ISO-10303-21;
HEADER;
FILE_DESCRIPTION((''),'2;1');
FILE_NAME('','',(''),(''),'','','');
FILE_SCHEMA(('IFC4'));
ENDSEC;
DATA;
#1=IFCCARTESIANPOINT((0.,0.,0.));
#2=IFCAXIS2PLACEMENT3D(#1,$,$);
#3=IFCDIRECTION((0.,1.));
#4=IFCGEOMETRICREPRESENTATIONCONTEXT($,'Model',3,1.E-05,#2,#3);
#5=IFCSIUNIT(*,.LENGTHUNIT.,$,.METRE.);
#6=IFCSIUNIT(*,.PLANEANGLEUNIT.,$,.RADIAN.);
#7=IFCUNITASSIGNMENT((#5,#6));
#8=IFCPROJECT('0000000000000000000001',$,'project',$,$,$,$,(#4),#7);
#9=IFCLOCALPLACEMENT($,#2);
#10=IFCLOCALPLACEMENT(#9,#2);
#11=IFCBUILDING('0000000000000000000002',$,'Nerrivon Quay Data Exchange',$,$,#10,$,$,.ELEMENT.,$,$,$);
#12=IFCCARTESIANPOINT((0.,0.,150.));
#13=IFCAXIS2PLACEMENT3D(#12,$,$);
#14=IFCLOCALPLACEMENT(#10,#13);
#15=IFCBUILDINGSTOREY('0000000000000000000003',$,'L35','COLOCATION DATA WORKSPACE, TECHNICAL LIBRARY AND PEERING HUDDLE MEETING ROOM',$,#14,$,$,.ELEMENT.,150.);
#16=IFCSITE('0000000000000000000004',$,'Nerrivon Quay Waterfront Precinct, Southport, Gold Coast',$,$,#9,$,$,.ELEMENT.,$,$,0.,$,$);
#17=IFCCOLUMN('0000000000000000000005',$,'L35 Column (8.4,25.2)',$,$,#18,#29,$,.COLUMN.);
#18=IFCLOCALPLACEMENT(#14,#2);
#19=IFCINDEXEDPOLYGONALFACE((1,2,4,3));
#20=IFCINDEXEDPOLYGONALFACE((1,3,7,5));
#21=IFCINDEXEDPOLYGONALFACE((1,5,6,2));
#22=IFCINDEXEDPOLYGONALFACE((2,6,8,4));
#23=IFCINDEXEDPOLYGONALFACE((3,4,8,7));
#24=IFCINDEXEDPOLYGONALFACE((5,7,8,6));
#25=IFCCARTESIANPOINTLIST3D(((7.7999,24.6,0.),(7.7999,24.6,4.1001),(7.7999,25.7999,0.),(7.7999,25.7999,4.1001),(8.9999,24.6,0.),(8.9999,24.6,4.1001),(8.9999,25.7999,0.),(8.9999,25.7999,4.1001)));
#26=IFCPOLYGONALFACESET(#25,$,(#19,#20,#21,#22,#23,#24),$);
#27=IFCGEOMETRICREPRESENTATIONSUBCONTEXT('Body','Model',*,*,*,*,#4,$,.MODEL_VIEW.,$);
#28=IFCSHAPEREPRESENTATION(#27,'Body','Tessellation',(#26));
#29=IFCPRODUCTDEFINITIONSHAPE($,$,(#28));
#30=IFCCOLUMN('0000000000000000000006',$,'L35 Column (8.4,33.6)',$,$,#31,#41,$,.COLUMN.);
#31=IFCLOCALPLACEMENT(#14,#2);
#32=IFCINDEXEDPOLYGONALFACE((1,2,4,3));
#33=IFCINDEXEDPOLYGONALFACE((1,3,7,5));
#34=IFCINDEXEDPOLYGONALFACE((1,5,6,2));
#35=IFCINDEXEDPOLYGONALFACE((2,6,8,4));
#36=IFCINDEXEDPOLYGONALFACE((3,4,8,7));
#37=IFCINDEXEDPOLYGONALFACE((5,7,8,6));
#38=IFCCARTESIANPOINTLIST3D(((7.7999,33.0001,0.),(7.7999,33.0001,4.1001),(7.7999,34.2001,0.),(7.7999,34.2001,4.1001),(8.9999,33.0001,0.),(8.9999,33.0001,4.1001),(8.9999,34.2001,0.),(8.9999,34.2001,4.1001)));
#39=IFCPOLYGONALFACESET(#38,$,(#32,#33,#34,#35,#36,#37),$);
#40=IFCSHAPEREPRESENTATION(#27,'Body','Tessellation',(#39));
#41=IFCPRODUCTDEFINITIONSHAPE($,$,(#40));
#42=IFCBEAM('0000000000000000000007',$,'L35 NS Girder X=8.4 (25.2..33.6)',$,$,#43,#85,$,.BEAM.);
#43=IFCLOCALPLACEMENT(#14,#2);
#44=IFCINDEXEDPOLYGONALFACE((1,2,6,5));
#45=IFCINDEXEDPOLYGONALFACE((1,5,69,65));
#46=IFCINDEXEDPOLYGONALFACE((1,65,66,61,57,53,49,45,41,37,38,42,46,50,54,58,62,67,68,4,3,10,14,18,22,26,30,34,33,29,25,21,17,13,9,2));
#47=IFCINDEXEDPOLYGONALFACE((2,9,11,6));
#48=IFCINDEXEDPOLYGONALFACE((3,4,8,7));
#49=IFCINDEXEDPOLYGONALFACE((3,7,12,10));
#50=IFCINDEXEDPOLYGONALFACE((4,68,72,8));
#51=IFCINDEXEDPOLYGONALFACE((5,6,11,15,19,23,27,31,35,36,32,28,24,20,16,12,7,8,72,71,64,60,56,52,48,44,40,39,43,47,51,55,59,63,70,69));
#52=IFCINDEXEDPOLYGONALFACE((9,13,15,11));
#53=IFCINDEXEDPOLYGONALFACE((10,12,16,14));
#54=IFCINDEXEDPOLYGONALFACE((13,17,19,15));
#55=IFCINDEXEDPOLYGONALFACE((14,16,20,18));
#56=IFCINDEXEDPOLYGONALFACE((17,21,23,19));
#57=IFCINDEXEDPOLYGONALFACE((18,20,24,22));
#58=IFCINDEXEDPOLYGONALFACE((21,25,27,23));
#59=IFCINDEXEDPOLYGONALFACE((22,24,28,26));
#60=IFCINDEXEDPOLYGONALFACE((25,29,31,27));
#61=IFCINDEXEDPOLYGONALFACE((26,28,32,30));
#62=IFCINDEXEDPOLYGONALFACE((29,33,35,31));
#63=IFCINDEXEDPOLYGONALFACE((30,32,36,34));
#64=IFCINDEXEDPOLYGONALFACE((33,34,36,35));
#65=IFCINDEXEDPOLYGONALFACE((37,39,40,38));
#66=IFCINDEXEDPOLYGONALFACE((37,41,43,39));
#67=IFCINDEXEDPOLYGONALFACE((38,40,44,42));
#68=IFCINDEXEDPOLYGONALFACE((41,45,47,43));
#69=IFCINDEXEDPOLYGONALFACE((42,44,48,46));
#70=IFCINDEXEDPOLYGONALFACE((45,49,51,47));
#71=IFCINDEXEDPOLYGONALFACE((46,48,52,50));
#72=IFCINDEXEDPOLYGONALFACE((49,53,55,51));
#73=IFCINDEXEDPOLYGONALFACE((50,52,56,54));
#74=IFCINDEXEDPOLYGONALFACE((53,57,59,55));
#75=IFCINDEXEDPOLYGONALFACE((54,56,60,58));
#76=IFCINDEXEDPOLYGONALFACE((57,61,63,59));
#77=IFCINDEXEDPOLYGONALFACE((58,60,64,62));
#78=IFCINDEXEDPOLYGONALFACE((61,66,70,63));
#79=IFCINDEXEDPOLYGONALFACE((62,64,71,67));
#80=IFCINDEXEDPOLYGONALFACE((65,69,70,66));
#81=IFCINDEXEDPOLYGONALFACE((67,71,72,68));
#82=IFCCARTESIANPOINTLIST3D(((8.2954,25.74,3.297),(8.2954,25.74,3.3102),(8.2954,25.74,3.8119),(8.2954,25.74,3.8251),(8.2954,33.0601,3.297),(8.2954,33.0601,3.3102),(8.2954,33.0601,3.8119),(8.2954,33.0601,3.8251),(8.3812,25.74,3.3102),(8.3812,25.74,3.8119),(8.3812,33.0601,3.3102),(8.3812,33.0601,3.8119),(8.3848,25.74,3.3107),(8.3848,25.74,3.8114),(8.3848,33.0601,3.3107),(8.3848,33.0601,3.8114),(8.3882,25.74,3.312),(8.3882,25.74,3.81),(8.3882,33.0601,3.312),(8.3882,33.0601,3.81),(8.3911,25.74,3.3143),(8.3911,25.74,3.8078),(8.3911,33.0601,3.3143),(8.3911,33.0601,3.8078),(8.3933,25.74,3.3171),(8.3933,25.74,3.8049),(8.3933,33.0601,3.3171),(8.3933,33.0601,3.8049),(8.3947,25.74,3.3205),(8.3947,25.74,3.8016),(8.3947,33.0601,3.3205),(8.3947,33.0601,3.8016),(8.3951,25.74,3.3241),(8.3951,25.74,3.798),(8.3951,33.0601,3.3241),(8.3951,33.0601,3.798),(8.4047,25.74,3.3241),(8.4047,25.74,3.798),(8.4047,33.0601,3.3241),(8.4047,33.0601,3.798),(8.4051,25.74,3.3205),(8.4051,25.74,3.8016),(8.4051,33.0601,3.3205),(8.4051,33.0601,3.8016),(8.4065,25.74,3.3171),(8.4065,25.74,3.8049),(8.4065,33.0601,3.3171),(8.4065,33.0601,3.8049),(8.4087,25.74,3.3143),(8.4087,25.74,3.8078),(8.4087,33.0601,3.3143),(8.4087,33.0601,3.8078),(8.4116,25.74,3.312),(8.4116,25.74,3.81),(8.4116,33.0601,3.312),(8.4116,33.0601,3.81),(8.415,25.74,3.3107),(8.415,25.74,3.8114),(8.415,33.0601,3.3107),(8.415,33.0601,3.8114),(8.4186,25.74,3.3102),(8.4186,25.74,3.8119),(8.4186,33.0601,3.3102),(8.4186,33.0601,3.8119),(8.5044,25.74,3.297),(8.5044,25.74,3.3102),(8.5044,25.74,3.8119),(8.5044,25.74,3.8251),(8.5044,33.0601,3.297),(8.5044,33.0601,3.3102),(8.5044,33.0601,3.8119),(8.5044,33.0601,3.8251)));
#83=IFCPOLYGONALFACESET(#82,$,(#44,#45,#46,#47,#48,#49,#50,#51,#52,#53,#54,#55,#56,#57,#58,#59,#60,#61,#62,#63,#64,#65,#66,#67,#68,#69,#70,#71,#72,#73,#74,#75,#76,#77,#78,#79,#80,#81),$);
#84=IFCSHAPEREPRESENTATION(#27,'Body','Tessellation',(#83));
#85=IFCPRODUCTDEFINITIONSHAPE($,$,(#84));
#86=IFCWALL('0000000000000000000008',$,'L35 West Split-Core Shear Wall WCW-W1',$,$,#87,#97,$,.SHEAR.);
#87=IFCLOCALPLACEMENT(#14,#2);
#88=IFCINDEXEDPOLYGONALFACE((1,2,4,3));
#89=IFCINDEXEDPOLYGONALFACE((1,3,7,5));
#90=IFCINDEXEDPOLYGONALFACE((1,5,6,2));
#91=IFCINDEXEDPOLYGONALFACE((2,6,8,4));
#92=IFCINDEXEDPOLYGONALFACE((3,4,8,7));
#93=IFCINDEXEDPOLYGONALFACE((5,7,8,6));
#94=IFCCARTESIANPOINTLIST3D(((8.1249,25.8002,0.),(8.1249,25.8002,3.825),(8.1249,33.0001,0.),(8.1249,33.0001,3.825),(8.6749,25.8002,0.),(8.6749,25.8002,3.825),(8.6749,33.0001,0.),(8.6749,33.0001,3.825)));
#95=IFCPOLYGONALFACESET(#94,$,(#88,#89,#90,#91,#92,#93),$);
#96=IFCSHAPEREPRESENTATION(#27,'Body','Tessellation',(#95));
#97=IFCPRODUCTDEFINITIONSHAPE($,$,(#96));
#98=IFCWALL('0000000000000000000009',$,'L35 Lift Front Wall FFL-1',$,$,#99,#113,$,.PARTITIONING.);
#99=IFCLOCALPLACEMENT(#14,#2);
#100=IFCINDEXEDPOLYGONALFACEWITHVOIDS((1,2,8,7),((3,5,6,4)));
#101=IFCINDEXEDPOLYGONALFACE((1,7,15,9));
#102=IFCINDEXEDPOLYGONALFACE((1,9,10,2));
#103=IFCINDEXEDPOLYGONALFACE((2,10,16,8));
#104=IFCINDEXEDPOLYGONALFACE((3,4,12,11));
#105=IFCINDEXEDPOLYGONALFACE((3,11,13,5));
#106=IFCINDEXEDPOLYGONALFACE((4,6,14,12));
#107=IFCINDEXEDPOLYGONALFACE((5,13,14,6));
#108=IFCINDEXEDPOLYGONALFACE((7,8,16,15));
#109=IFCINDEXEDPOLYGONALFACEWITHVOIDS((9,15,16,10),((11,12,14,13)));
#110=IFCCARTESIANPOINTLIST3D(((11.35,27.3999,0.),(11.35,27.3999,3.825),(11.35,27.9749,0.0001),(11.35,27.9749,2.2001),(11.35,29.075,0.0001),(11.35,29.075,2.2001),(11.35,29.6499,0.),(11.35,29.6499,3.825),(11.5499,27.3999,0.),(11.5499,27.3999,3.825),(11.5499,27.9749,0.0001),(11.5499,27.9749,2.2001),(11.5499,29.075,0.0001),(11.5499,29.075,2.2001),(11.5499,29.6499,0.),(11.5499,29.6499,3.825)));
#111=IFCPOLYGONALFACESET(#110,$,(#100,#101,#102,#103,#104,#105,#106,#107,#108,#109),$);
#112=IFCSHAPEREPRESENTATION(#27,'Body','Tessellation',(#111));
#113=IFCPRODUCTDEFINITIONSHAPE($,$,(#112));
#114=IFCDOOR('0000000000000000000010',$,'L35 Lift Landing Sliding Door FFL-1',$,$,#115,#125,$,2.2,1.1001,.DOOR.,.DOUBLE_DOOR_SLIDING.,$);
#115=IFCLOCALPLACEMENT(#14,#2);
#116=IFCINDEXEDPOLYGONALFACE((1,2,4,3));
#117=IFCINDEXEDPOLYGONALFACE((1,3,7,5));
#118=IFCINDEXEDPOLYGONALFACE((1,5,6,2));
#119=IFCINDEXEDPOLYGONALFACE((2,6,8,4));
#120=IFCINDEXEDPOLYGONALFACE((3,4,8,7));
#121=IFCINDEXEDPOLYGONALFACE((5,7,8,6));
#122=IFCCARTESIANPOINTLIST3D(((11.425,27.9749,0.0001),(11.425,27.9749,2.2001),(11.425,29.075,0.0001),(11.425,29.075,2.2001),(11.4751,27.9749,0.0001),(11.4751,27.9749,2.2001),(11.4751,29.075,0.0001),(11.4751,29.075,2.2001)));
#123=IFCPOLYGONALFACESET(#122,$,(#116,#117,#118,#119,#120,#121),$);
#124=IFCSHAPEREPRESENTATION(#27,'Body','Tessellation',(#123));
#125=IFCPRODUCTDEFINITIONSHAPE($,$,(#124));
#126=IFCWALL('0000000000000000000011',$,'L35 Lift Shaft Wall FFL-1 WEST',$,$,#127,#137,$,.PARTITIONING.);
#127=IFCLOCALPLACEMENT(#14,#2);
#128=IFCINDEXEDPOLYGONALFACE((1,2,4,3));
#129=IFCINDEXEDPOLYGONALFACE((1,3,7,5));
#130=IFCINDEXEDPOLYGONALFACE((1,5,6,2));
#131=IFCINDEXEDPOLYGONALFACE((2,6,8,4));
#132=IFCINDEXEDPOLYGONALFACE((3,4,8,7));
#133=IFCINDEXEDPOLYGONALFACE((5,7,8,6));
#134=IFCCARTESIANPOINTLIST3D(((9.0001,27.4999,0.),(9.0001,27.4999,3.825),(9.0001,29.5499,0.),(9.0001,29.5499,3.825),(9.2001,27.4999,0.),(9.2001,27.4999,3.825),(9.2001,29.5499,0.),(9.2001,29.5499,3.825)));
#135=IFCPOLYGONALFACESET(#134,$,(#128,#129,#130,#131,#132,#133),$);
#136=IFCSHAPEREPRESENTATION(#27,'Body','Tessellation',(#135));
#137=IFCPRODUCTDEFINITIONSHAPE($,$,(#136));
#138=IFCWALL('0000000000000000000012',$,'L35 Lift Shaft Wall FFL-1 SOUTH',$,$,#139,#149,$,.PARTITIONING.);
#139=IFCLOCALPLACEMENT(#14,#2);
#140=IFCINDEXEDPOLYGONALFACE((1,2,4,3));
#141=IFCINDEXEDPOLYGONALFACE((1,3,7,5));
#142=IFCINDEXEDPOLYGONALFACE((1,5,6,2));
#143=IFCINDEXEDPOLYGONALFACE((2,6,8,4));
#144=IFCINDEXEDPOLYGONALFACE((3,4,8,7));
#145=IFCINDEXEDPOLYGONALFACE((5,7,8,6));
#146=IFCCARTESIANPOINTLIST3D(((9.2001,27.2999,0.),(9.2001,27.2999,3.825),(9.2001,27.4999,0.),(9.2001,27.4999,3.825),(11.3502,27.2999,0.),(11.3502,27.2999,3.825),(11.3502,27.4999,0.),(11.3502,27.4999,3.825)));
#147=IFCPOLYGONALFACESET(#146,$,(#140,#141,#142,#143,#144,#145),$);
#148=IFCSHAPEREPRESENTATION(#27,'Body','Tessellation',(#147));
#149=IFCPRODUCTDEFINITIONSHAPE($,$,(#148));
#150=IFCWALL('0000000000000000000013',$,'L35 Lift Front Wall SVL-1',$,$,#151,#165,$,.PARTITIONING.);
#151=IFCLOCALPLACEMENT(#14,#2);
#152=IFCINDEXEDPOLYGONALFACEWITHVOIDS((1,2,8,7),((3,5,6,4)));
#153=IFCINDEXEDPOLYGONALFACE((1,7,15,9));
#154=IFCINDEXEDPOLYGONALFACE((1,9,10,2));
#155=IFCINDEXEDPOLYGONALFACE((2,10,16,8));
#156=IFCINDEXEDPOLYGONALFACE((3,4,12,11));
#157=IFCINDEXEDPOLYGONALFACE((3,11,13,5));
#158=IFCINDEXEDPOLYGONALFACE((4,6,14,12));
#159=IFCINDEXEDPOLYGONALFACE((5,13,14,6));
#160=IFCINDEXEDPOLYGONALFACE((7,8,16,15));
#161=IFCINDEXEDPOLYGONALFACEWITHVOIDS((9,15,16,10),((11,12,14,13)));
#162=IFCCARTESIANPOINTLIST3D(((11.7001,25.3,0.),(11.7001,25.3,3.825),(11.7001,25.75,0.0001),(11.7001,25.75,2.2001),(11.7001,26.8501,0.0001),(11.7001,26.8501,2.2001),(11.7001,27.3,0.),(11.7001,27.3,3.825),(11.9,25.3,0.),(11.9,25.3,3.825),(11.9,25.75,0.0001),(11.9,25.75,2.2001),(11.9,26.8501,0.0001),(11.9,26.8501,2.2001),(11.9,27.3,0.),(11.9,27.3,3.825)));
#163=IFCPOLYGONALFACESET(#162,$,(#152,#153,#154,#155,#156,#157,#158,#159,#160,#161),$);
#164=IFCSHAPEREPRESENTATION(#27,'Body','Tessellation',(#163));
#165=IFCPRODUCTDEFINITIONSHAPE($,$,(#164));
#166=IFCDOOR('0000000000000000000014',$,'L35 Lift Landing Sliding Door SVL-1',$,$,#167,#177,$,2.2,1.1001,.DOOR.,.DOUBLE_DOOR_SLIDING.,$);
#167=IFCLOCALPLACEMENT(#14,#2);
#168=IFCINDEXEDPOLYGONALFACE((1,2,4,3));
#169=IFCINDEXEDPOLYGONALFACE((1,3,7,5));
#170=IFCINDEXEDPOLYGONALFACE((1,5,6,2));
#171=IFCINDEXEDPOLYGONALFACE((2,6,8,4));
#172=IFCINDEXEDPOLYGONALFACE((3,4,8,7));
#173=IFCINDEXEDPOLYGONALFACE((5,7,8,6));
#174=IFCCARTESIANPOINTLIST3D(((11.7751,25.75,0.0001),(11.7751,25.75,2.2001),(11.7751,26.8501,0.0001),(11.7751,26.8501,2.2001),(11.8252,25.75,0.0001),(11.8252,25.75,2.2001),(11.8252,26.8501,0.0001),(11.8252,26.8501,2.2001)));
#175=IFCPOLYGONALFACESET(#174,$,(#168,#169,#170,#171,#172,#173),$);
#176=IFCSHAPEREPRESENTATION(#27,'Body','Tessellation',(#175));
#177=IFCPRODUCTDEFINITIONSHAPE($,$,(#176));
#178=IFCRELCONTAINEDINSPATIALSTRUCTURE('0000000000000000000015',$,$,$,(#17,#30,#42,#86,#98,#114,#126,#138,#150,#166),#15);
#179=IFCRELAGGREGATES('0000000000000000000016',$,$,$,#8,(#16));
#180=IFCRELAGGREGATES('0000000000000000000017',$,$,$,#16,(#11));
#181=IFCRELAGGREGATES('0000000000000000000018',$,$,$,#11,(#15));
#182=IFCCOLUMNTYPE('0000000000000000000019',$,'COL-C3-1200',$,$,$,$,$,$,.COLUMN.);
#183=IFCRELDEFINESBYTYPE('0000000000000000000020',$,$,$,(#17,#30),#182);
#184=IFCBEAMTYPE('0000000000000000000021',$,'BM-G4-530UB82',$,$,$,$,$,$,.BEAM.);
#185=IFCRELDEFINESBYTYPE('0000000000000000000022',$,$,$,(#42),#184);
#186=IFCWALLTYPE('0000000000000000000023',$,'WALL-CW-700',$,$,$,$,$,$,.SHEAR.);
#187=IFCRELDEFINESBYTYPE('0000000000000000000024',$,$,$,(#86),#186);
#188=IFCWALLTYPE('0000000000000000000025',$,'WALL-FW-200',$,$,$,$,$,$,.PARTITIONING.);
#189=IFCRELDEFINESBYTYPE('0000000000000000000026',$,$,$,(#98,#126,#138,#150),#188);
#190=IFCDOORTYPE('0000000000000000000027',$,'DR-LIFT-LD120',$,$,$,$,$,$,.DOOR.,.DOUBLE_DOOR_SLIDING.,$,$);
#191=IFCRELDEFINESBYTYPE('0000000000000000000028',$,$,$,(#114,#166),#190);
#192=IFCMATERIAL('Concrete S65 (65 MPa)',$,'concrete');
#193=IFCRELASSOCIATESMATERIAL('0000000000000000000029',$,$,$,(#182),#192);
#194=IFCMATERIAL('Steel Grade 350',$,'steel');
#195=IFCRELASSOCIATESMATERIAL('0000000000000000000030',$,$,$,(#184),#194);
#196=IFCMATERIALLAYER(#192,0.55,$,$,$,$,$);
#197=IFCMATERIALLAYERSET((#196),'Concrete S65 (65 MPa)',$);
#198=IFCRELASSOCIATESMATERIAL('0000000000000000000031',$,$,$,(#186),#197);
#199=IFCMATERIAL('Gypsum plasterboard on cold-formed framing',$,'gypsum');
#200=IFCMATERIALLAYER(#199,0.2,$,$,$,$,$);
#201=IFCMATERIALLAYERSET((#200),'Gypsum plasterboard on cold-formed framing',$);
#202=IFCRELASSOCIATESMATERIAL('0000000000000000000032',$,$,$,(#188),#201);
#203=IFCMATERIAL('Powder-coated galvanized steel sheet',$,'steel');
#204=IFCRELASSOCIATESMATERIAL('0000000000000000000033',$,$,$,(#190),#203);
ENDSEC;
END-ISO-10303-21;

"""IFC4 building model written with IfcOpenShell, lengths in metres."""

from ifc_helpers import new_model, si_unit, direction, frame, frame_2d, origin, origin_2d, place, context, subcontext, project, spatial, rectangle, i_section, extrude, material, layer, layer_set, material_profile, profile_set, type_object, element, fill, save


model = new_model("IFC4")

# Units and contexts
model_context = context("Model", 3, precision=1e-05, world=origin(), true_north=direction((0.0, 1.0)))
body_context = subcontext(model_context, "Body", "Model", "MODEL_VIEW")
ifc_project = project(units=[si_unit("LENGTHUNIT", "METRE"), si_unit("PLANEANGLEUNIT", "RADIAN")], contexts=[model_context])

# Site, building, storey
site_placement = place(None, origin())
site = spatial("IfcSite", under=ifc_project, at=site_placement, Name="Nerrivon Quay Waterfront Precinct, Southport, Gold Coast", CompositionType="ELEMENT", RefElevation=0.0)
building_placement = place(site_placement, origin())
building = spatial("IfcBuilding", under=site, at=building_placement, Name="Nerrivon Quay Data Exchange", CompositionType="ELEMENT")
storey_placement = place(building_placement, frame((0.0, 0.0, 150.0)))
storey = spatial("IfcBuildingStorey", under=building, at=storey_placement, Name="L35", Description="COLOCATION DATA WORKSPACE, TECHNICAL LIBRARY AND PEERING HUDDLE MEETING ROOM", CompositionType="ELEMENT", Elevation=150.0)

# Columns
ifc_material_1 = material(Name="Concrete S65 (65 MPa)", Category="concrete")
ifc_material_profile_1 = material_profile(ifc_material_1, rectangle(XDim=1.2, YDim=1.2, at=origin_2d()), Name="RC-COL-1200x1200")
ifc_profile_set_1 = profile_set([ifc_material_profile_1], Name="Concrete S65 (65 MPa)")
column_type = type_object("IfcColumnType", Name="COL-C3-1200", PredefinedType="COLUMN", material=ifc_profile_set_1)
for number, where, z_axis, x_axis, name in (
    (1, (8.3999, 25.2, 0.0), (0.0, 0.0, 1.0), (1.0, 0.0, 0.0), "L35 Column (8.4,25.2)"),
    (2, (8.3999, 33.6001, 0.0), (0.0, 0.0, 1.0), (1.0, 0.0, 0.0), "L35 Column (8.4,33.6)"),
):
    element("IfcColumn", number, at=place(storey_placement, frame(where, z_axis=z_axis, x_axis=x_axis)), inside=storey, type_object=column_type, Name=name, PredefinedType="COLUMN", context=body_context, shape_type="SweptSolid", body=[
        extrude(rectangle(XDim=1.2, YDim=1.2, at=origin_2d()), origin(), (0.0, 0.0, 1.0), 4.1001),
    ])

# Beam
ifc_material_2 = material(Name="Steel Grade 350", Category="steel")
ifc_material_profile_2 = material_profile(ifc_material_2, i_section(OverallWidth=0.209, OverallDepth=0.5281, WebThickness=0.0095, FlangeThickness=0.0132, FilletRadius=0.0139, at=origin_2d()), Name="530UB82.0")
ifc_profile_set_2 = profile_set([ifc_material_profile_2], Name="Steel Grade 350")
beam_type = type_object("IfcBeamType", Name="BM-G4-530UB82", PredefinedType="BEAM", material=ifc_profile_set_2)
beam_placement = place(storey_placement, frame((8.3999, 25.74, 3.561), z_axis=(0.0, 1.0, 0.0), x_axis=(-1.0, 0.0, 0.0)))
element("IfcBeam", 3, at=beam_placement, inside=storey, type_object=beam_type, Name="L35 NS Girder X=8.4 (25.2..33.6)", PredefinedType="BEAM", context=body_context, shape_type="SweptSolid", body=[
    extrude(i_section(OverallWidth=0.209, OverallDepth=0.5281, WebThickness=0.0095, FlangeThickness=0.0132, FilletRadius=0.0139, at=origin_2d()), origin(), (0.0, 0.0, 1.0), 7.3201),
])

# Wall
ifc_layer_1 = layer(ifc_material_1, 0.55)
ifc_layer_set_1 = layer_set([ifc_layer_1], Name="Concrete S65 (65 MPa)")
wall_type_1 = type_object("IfcWallType", Name="WALL-CW-700", PredefinedType="SHEAR", material=ifc_layer_set_1)
wall_1_placement = place(storey_placement, frame((8.3999, 25.8, 0.0), z_axis=(0.0, 0.0, 1.0), x_axis=(0.0, 1.0, 0.0)))
element("IfcWall", 4, at=wall_1_placement, inside=storey, type_object=wall_type_1, Name="L35 West Split-Core Shear Wall WCW-W1", PredefinedType="SHEAR", context=body_context, shape_type="SweptSolid", body=[
    extrude(rectangle(XDim=7.2, YDim=0.55, at=frame_2d((3.6001, 0.0))), origin(), (0.0, 0.0, 1.0), 3.825),
])

# Wall, opening, door
ifc_material_3 = material(Name="Powder-coated galvanized steel sheet", Category="steel")
ifc_material_4 = material(Name="Gypsum plasterboard on cold-formed framing", Category="gypsum")
ifc_layer_2 = layer(ifc_material_4, 0.2)
ifc_layer_set_2 = layer_set([ifc_layer_2], Name="Gypsum plasterboard on cold-formed framing")
wall_type_2 = type_object("IfcWallType", Name="WALL-FW-200", PredefinedType="PARTITIONING", material=ifc_layer_set_2)
wall_2_placement = place(storey_placement, frame((11.45, 27.3999, 0.0), z_axis=(0.0, 0.0, 1.0), x_axis=(0.0, 1.0, 0.0)))
wall_2 = element("IfcWall", 5, at=wall_2_placement, inside=storey, type_object=wall_type_2, Name="L35 Lift Front Wall FFL-1", PredefinedType="PARTITIONING", context=body_context, shape_type="SweptSolid", body=[
    extrude(rectangle(XDim=2.25, YDim=0.2, at=frame_2d((1.125, 0.0))), origin(), (0.0, 0.0, 1.0), 3.825),
])
opening_1_placement = place(wall_2_placement, frame((0.575, 0.0, 0.0)))
opening_1 = element("IfcOpeningElement", 6, at=opening_1_placement, cuts=wall_2, PredefinedType="OPENING", context=body_context, shape_type="SweptSolid", body=[
    extrude(rectangle(XDim=1.1001, YDim=2.2, at=frame_2d((0.55, 1.1001))), frame((0.0, 0.1099, 0.0), z_axis=(0.0, -1.0, 0.0), x_axis=(1.0, 0.0, 0.0)), (0.0, 0.0, 1.0), 0.22),
])
door_type_1 = type_object("IfcDoorType", Name="DR-LIFT-LD120", OperationType="DOUBLE_DOOR_SLIDING", PredefinedType="DOOR", material=ifc_material_3)
door_1_placement = place(opening_1_placement, origin())
door_1 = element("IfcDoor", 7, at=door_1_placement, inside=storey, type_object=door_type_1, Name="L35 Lift Landing Sliding Door FFL-1", OperationType="DOUBLE_DOOR_SLIDING", OverallHeight=2.2, OverallWidth=1.1001, PredefinedType="DOOR", context=body_context, shape_type="SweptSolid", body=[
    extrude(rectangle(XDim=1.1001, YDim=2.2, at=frame_2d((0.55, 1.1001))), frame((0.0, 0.0249, 0.0), z_axis=(0.0, -1.0, 0.0), x_axis=(1.0, 0.0, 0.0)), (0.0, 0.0, 1.0), 0.05),
])
fill(opening_1, door_1)

# Walls
wall_3_placement = place(storey_placement, frame((9.1001, 27.5, 0.0), z_axis=(0.0, 0.0, 1.0), x_axis=(0.0, 1.0, 0.0)))
element("IfcWall", 8, at=wall_3_placement, inside=storey, type_object=wall_type_2, Name="L35 Lift Shaft Wall FFL-1 WEST", PredefinedType="PARTITIONING", context=body_context, shape_type="SweptSolid", body=[
    extrude(rectangle(XDim=2.05, YDim=0.2, at=frame_2d((1.0249, 0.0))), origin(), (0.0, 0.0, 1.0), 3.825),
])
wall_4_placement = place(storey_placement, frame((9.2, 27.3999, 0.0), z_axis=(0.0, 0.0, 1.0), x_axis=(1.0, 0.0, 0.0)))
element("IfcWall", 9, at=wall_4_placement, inside=storey, type_object=wall_type_2, Name="L35 Lift Shaft Wall FFL-1 SOUTH", PredefinedType="PARTITIONING", context=body_context, shape_type="SweptSolid", body=[
    extrude(rectangle(XDim=2.1501, YDim=0.2, at=frame_2d((1.0752, 0.0))), origin(), (0.0, 0.0, 1.0), 3.825),
])

# Wall, opening, door
wall_5_placement = place(storey_placement, frame((11.8, 25.3, 0.0), z_axis=(0.0, 0.0, 1.0), x_axis=(0.0, 1.0, 0.0)))
wall_5 = element("IfcWall", 10, at=wall_5_placement, inside=storey, type_object=wall_type_2, Name="L35 Lift Front Wall SVL-1", PredefinedType="PARTITIONING", context=body_context, shape_type="SweptSolid", body=[
    extrude(rectangle(XDim=2.0, YDim=0.2, at=frame_2d((1.0, 0.0))), origin(), (0.0, 0.0, 1.0), 3.825),
])
opening_2_placement = place(wall_5_placement, frame((0.45, 0.0, 0.0)))
opening_2 = element("IfcOpeningElement", 11, at=opening_2_placement, cuts=wall_5, PredefinedType="OPENING", context=body_context, shape_type="SweptSolid", body=[
    extrude(rectangle(XDim=1.1001, YDim=2.2, at=frame_2d((0.55, 1.1001))), frame((0.0, 0.1099, 0.0), z_axis=(0.0, -1.0, 0.0), x_axis=(1.0, 0.0, 0.0)), (0.0, 0.0, 1.0), 0.22),
])
door_2_placement = place(opening_2_placement, origin())
door_2 = element("IfcDoor", 12, at=door_2_placement, inside=storey, type_object=door_type_1, Name="L35 Lift Landing Sliding Door SVL-1", OperationType="DOUBLE_DOOR_SLIDING", OverallHeight=2.2, OverallWidth=1.1001, PredefinedType="DOOR", context=body_context, shape_type="SweptSolid", body=[
    extrude(rectangle(XDim=1.1001, YDim=2.2, at=frame_2d((0.55, 1.1001))), frame((0.0, 0.0249, 0.0), z_axis=(0.0, -1.0, 0.0), x_axis=(1.0, 0.0, 0.0)), (0.0, 0.0, 1.0), 0.05),
])
fill(opening_2, door_2)

save(model, "model.ifc")
